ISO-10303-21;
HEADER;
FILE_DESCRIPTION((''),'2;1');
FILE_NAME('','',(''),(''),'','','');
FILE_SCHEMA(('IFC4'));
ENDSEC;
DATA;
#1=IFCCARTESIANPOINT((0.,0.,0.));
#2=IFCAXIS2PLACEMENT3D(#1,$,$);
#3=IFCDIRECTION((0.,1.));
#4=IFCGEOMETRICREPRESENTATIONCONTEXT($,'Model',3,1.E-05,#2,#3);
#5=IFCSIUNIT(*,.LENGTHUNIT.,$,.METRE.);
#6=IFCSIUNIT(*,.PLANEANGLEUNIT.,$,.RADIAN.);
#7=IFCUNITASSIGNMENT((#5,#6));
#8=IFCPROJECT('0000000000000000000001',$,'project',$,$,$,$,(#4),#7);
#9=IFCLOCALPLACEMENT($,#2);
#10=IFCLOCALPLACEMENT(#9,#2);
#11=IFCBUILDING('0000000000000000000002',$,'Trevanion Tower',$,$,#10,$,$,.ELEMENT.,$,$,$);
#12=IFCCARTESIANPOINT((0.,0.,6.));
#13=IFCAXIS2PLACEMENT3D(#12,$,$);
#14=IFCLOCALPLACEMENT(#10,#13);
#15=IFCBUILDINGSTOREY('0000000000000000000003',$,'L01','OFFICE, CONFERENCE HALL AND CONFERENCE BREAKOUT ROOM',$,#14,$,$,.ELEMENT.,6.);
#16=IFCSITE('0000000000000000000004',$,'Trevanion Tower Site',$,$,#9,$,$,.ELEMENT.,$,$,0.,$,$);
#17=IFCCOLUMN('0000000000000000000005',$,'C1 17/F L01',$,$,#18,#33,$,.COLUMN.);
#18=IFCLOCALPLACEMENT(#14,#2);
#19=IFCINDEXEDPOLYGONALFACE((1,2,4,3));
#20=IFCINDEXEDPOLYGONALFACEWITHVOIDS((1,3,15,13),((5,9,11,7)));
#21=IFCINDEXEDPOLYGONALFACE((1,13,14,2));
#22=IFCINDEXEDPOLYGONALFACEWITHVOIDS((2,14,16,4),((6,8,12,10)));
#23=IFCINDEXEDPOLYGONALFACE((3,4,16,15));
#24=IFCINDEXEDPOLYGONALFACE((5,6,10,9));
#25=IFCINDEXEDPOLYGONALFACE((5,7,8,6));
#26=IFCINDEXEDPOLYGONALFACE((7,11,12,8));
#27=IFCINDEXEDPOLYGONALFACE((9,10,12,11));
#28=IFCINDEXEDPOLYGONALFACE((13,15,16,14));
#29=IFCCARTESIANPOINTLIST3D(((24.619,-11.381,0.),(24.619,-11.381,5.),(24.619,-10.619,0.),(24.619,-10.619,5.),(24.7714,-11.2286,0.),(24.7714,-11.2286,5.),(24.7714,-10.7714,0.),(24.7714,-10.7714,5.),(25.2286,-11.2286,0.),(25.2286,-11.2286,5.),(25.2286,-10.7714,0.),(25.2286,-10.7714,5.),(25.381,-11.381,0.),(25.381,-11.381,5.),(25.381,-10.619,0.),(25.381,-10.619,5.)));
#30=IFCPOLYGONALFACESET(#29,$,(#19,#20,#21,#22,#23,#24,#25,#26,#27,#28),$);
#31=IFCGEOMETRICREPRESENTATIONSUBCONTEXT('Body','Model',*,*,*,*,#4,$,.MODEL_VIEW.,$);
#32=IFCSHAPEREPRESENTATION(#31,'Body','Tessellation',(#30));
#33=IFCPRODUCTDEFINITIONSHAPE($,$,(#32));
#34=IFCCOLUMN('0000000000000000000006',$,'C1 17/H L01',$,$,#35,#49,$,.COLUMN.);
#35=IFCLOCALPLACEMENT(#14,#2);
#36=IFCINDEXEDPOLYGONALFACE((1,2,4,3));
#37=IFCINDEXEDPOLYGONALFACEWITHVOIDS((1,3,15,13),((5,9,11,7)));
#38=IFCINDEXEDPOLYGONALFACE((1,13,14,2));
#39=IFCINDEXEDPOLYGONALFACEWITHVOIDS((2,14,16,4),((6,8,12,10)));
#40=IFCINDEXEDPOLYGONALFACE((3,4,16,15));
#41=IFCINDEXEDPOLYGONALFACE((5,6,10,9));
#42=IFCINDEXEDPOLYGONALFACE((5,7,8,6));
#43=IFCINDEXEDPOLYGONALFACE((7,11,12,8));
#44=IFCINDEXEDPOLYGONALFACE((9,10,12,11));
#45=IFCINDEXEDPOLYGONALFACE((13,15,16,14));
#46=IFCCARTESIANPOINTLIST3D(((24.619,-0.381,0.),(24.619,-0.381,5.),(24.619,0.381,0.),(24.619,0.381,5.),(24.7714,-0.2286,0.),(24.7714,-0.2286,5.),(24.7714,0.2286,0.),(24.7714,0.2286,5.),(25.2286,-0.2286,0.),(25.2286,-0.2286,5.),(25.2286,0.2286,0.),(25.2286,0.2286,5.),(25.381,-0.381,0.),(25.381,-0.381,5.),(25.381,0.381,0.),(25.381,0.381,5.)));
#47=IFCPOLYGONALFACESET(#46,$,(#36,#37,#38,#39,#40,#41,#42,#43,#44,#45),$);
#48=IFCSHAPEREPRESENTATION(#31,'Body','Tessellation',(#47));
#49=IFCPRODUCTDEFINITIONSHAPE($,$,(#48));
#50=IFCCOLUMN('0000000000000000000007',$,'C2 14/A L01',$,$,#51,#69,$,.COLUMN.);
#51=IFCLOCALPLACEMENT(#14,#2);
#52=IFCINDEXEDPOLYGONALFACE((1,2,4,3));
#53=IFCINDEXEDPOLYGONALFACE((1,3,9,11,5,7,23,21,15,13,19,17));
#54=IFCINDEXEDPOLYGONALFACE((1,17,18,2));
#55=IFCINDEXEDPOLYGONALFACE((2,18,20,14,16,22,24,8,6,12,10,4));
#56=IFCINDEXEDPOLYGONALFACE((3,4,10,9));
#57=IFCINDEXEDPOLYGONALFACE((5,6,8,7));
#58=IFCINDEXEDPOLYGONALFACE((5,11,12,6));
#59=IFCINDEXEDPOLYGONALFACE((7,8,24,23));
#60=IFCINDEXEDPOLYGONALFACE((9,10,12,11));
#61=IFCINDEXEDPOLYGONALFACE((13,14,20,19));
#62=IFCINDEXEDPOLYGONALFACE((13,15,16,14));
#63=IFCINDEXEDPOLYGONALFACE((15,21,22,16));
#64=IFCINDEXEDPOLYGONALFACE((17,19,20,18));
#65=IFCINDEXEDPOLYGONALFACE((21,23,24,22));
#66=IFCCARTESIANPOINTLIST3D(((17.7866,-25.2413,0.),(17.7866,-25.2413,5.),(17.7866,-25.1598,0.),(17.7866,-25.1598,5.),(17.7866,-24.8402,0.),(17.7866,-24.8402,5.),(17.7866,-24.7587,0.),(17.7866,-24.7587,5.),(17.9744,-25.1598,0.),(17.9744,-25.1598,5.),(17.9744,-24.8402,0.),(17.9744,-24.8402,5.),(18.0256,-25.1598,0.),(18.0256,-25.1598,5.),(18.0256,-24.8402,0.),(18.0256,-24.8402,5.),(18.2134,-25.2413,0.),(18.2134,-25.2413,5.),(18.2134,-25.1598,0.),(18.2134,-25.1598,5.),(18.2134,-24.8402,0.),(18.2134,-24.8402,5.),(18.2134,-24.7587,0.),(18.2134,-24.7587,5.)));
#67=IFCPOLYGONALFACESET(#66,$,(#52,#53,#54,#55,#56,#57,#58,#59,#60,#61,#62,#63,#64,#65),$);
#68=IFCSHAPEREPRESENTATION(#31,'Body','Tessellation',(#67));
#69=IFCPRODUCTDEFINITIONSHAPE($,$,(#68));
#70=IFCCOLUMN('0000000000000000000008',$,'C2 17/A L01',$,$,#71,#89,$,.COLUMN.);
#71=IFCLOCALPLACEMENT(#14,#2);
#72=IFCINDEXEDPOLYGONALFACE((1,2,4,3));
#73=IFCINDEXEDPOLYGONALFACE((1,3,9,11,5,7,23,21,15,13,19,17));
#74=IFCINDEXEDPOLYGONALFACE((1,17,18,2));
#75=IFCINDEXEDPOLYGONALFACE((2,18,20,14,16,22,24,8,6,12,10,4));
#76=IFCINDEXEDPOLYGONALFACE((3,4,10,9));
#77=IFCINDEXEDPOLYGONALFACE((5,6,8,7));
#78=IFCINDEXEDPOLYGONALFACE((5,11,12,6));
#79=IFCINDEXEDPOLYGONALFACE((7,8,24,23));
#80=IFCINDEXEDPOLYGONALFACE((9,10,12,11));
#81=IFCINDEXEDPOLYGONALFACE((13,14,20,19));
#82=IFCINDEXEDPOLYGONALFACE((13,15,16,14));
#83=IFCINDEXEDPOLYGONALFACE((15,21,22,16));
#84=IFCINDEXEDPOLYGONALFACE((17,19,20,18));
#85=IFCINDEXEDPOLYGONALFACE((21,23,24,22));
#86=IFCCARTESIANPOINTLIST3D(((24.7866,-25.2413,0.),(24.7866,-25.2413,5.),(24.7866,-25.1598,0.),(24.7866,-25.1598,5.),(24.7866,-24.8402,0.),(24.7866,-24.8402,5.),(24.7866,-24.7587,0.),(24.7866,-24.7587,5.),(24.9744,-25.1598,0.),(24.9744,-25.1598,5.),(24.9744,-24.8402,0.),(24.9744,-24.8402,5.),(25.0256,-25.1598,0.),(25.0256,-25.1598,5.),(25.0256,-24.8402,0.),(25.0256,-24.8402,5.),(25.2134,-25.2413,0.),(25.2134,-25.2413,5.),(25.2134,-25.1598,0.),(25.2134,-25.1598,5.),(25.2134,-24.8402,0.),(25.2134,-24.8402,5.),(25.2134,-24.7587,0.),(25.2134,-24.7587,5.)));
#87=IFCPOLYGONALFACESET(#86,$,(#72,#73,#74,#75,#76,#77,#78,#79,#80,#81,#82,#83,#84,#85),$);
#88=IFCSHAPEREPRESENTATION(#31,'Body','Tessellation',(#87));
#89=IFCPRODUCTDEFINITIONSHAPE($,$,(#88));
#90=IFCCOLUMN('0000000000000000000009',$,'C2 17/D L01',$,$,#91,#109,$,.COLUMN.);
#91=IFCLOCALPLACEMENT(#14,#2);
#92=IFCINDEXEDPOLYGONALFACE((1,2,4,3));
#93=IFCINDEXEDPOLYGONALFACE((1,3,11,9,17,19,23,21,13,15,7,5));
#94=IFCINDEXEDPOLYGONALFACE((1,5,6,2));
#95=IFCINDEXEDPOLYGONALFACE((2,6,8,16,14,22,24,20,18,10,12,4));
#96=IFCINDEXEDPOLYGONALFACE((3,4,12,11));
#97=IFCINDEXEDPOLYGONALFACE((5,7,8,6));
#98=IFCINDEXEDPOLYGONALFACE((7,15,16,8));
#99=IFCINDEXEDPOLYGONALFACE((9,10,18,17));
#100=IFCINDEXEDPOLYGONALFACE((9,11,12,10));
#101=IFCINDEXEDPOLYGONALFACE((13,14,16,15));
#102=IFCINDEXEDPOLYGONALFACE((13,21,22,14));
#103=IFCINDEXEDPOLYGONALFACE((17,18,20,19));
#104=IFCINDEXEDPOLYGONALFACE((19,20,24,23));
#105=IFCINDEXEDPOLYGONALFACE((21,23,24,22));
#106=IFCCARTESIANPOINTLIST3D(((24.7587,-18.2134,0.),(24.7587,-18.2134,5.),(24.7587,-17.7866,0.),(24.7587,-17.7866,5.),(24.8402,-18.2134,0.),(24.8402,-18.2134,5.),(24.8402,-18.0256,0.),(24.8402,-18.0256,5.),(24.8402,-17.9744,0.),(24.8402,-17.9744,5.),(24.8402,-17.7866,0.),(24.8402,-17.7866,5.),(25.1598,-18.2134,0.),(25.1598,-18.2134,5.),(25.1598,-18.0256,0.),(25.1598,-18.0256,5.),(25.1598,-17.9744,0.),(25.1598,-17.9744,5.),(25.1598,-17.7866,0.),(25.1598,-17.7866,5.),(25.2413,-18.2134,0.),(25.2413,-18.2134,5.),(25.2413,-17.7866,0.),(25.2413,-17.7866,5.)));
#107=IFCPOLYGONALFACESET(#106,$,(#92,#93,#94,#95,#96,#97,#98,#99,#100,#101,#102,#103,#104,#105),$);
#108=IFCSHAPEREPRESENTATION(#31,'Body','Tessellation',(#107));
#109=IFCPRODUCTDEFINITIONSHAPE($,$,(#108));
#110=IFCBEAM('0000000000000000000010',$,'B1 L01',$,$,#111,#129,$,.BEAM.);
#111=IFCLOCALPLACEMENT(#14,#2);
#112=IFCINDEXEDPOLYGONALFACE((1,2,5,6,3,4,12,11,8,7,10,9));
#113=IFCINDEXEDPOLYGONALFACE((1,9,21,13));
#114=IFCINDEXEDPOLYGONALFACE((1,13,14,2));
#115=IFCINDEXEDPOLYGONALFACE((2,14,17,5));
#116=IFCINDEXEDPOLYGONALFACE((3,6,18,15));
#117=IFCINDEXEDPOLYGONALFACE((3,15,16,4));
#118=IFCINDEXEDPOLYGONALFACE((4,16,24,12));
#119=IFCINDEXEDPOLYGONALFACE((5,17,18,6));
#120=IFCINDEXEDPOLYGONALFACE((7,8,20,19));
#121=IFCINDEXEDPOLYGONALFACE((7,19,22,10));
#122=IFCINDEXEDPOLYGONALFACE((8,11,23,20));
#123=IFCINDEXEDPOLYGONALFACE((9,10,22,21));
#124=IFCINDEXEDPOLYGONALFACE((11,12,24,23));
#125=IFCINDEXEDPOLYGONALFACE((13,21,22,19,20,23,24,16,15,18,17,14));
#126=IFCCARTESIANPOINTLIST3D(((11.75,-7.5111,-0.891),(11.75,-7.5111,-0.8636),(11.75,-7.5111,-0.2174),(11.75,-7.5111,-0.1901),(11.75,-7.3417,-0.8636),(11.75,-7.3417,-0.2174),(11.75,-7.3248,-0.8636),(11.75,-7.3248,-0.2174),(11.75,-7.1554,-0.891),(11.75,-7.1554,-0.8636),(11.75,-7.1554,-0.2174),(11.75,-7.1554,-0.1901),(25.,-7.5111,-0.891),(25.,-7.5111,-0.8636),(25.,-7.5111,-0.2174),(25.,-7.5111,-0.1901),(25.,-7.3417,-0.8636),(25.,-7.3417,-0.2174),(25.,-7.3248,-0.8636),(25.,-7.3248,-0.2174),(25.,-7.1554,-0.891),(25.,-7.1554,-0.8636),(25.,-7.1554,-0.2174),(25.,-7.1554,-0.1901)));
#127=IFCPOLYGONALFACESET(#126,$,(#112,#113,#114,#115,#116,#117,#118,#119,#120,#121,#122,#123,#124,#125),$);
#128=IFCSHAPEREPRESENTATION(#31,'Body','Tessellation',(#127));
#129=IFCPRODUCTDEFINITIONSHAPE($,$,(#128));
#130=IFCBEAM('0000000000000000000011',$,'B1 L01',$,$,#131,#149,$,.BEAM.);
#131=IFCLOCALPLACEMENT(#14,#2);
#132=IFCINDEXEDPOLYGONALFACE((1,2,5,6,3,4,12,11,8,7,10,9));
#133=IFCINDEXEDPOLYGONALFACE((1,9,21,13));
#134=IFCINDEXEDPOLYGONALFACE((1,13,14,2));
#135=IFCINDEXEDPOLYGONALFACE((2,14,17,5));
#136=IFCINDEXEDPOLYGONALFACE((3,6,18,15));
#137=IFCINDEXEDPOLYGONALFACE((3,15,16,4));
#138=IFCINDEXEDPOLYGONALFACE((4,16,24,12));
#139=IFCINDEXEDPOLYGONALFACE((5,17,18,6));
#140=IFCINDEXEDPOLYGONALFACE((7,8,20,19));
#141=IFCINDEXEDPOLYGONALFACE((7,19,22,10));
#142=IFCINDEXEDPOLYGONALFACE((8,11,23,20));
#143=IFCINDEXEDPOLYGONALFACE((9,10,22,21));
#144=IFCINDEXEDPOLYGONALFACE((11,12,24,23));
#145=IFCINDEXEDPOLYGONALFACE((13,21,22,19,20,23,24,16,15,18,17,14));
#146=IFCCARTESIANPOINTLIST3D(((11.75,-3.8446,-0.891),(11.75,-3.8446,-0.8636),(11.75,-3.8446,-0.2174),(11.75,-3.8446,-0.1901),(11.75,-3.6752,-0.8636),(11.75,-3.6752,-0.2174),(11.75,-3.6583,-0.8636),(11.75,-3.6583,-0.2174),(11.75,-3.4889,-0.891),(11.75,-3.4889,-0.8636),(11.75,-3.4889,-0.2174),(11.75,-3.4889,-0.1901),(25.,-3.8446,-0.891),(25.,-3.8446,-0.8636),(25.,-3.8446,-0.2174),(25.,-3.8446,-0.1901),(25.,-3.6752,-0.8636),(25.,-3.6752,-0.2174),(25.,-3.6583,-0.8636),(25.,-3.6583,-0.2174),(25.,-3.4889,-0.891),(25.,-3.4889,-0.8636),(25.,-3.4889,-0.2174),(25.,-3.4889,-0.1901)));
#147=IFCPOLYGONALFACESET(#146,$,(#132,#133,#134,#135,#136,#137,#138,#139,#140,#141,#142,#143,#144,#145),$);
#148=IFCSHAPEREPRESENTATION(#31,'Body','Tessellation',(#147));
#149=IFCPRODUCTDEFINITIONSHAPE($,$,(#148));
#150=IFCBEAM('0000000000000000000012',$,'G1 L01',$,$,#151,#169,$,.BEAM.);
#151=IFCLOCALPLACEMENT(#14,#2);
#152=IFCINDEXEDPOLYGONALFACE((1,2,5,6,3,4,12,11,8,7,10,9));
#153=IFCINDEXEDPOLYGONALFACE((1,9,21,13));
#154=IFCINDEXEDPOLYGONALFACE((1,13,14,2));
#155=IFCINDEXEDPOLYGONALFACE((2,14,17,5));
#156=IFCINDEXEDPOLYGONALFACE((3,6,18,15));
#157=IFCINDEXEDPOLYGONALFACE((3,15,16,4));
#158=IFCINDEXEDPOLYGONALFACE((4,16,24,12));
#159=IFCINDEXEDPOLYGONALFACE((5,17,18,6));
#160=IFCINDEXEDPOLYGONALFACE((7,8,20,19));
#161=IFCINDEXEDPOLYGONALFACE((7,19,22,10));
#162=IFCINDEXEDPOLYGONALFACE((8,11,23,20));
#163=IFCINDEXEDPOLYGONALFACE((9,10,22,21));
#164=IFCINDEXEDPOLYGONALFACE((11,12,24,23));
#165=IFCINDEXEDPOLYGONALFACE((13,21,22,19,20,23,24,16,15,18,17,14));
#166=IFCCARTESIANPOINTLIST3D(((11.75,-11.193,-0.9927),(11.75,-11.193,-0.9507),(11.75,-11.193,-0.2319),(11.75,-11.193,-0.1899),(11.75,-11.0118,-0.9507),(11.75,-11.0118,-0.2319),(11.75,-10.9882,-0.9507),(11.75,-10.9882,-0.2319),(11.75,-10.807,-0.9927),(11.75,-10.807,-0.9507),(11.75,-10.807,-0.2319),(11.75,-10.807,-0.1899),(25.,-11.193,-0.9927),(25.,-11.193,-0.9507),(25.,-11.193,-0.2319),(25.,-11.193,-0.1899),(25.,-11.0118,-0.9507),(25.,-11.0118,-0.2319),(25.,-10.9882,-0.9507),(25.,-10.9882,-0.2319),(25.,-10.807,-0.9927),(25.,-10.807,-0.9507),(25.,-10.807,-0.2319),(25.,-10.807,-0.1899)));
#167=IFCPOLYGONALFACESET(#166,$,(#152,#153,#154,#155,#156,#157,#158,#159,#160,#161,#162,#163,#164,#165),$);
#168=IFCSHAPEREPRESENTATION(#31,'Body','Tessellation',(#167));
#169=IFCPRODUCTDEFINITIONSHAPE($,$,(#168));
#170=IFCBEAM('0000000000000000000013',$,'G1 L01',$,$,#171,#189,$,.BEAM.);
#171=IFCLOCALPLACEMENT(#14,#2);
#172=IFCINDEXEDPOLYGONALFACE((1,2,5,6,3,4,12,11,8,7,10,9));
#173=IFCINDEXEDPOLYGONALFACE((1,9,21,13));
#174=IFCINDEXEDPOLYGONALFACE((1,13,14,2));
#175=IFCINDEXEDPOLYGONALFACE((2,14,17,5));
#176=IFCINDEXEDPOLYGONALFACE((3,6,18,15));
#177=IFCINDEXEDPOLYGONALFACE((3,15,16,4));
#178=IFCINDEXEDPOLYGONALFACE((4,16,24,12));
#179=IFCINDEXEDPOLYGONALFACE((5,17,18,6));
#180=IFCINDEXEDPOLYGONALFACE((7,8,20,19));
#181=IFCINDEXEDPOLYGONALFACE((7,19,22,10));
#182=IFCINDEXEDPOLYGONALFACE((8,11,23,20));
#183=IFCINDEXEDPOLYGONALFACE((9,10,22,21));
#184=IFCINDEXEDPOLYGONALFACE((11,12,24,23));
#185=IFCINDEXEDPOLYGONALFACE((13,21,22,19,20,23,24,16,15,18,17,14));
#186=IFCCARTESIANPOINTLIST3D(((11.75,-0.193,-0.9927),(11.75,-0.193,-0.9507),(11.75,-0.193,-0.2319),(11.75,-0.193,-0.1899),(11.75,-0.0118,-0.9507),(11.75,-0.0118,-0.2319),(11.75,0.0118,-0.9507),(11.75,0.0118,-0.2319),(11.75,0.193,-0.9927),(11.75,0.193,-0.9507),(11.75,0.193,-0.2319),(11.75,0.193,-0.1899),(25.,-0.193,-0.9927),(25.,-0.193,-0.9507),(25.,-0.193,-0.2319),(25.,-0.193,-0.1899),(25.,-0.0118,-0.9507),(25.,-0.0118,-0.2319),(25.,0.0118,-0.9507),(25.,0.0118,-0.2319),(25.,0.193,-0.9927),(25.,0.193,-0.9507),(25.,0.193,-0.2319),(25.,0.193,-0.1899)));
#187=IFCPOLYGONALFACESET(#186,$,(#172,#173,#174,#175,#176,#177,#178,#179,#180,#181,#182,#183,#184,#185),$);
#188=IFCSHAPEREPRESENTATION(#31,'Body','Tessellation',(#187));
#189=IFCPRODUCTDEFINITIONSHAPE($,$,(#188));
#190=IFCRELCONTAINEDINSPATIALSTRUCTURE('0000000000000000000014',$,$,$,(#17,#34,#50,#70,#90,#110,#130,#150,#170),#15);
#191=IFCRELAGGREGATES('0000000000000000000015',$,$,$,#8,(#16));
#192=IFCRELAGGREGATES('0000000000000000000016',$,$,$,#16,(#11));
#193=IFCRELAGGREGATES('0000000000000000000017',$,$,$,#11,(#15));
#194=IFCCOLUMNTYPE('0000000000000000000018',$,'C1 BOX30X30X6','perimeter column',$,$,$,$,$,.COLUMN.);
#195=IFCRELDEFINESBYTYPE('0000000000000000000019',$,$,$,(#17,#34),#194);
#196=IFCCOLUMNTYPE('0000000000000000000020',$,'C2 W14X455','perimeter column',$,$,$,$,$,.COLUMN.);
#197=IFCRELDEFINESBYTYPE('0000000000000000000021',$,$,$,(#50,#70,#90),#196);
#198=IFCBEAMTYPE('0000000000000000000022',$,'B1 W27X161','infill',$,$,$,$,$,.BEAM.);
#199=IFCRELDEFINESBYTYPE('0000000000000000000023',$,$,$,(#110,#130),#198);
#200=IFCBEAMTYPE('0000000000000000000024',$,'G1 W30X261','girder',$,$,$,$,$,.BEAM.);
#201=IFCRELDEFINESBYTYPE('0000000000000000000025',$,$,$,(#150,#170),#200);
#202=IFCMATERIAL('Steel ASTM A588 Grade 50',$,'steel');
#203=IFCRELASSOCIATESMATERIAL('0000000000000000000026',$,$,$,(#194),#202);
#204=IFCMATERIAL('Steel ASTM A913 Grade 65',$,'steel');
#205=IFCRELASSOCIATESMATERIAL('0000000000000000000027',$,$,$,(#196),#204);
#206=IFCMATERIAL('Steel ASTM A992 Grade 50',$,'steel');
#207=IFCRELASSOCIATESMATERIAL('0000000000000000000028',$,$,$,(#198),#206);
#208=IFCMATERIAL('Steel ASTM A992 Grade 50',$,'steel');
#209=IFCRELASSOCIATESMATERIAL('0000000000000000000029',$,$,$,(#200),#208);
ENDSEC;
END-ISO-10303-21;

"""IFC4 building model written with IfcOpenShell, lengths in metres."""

from ifc_helpers import new_model, si_unit, direction, frame, origin, origin_2d, place, context, subcontext, project, spatial, hollow_rectangle, i_section, extrude, material, material_profile, profile_set, type_object, element, save


model = new_model("IFC4")

# Units and contexts
model_context = context("Model", 3, precision=1e-05, world=origin(), true_north=direction((0.0, 1.0)))
body_context = subcontext(model_context, "Body", "Model", "MODEL_VIEW")
ifc_project = project(units=[si_unit("LENGTHUNIT", "METRE"), si_unit("PLANEANGLEUNIT", "RADIAN")], contexts=[model_context])

# Site, building, storey
site_placement = place(None, origin())
site = spatial("IfcSite", under=ifc_project, at=site_placement, Name="Trevanion Tower Site", CompositionType="ELEMENT", RefElevation=0.0)
building_placement = place(site_placement, origin())
building = spatial("IfcBuilding", under=site, at=building_placement, Name="Trevanion Tower", CompositionType="ELEMENT")
storey_placement = place(building_placement, frame((0.0, 0.0, 6.0)))
storey = spatial("IfcBuildingStorey", under=building, at=storey_placement, Name="L01", Description="OFFICE, CONFERENCE HALL AND CONFERENCE BREAKOUT ROOM", CompositionType="ELEMENT", Elevation=6.0)

# Columns
ifc_material_1 = material(Name="Steel ASTM A588 Grade 50", Category="steel")
ifc_material_profile_1 = material_profile(ifc_material_1, hollow_rectangle(XDim=0.762, YDim=0.762, WallThickness=0.1523, at=origin_2d()), Name="BOX30X30X6")
ifc_profile_set_1 = profile_set([ifc_material_profile_1], Name="Steel ASTM A588 Grade 50")
column_type_1 = type_object("IfcColumnType", Name="C1 BOX30X30X6", Description="perimeter column", PredefinedType="COLUMN", material=ifc_profile_set_1)
for number, where, z_axis, x_axis, name in (
    (1, (25.0, -11.0, 0.0), (0.0, 0.0, 1.0), (0.0, 1.0, 0.0), "C1 17/F L01"),
    (2, (25.0, 0.0, 0.0), (0.0, 0.0, 1.0), (0.0, 1.0, 0.0), "C1 17/H L01"),
):
    element("IfcColumn", number, at=place(storey_placement, frame(where, z_axis=z_axis, x_axis=x_axis)), inside=storey, type_object=column_type_1, Name=name, PredefinedType="COLUMN", context=body_context, shape_type="SweptSolid", body=[
        extrude(hollow_rectangle(XDim=0.762, YDim=0.762, WallThickness=0.1523, at=origin_2d()), origin(), (0.0, 0.0, 1.0), 5.0),
    ])
ifc_material_2 = material(Name="Steel ASTM A913 Grade 65", Category="steel")
ifc_material_profile_2 = material_profile(ifc_material_2, i_section(OverallWidth=0.4268, OverallDepth=0.4827, WebThickness=0.0513, FlangeThickness=0.0815, at=origin_2d()), Name="W14X455")
ifc_profile_set_2 = profile_set([ifc_material_profile_2], Name="Steel ASTM A913 Grade 65")
column_type_2 = type_object("IfcColumnType", Name="C2 W14X455", Description="perimeter column", PredefinedType="COLUMN", material=ifc_profile_set_2)
for number, where, z_axis, x_axis, name in (
    (3, (18.0, -25.0, 0.0), (0.0, 0.0, 1.0), (1.0, 0.0, 0.0), "C2 14/A L01"),
    (4, (25.0, -25.0, 0.0), (0.0, 0.0, 1.0), (1.0, 0.0, 0.0), "C2 17/A L01"),
    (5, (25.0, -18.0, 0.0), (0.0, 0.0, 1.0), (0.0, 1.0, 0.0), "C2 17/D L01"),
):
    element("IfcColumn", number, at=place(storey_placement, frame(where, z_axis=z_axis, x_axis=x_axis)), inside=storey, type_object=column_type_2, Name=name, PredefinedType="COLUMN", context=body_context, shape_type="SweptSolid", body=[
        extrude(i_section(OverallWidth=0.4268, OverallDepth=0.4827, WebThickness=0.0513, FlangeThickness=0.0815, at=origin_2d()), origin(), (0.0, 0.0, 1.0), 5.0),
    ])

# Beams
ifc_material_3 = material(Name="Steel ASTM A992 Grade 50", Category="steel")
ifc_material_profile_3 = material_profile(ifc_material_3, i_section(OverallWidth=0.3557, OverallDepth=0.7009, WebThickness=0.0168, FlangeThickness=0.0273, at=origin_2d()), Name="W27X161")
ifc_profile_set_3 = profile_set([ifc_material_profile_3], Name="Steel ASTM A992 Grade 50")
beam_type_1 = type_object("IfcBeamType", Name="B1 W27X161", Description="infill", PredefinedType="BEAM", material=ifc_profile_set_3)
for number, where, z_axis, x_axis, name in (
    (6, (11.75, -7.3333, -0.5405), (1.0, 0.0, 0.0), (0.0, 1.0, 0.0), "B1 L01"),
    (7, (11.75, -3.6667, -0.5405), (1.0, 0.0, 0.0), (0.0, 1.0, 0.0), "B1 L01"),
):
    element("IfcBeam", number, at=place(storey_placement, frame(where, z_axis=z_axis, x_axis=x_axis)), inside=storey, type_object=beam_type_1, Name=name, PredefinedType="BEAM", context=body_context, shape_type="SweptSolid", body=[
        extrude(i_section(OverallWidth=0.3557, OverallDepth=0.7009, WebThickness=0.0168, FlangeThickness=0.0273, at=origin_2d()), origin(), (0.0, 0.0, 1.0), 13.25),
    ])
ifc_material_4 = material(Name="Steel ASTM A992 Grade 50", Category="steel")
ifc_material_profile_4 = material_profile(ifc_material_4, i_section(OverallWidth=0.386, OverallDepth=0.8027, WebThickness=0.0237, FlangeThickness=0.042, at=origin_2d()), Name="W30X261")
ifc_profile_set_4 = profile_set([ifc_material_profile_4], Name="Steel ASTM A992 Grade 50")
beam_type_2 = type_object("IfcBeamType", Name="G1 W30X261", Description="girder", PredefinedType="BEAM", material=ifc_profile_set_4)
for number, where, z_axis, x_axis, name in (
    (8, (11.75, -11.0, -0.5913), (1.0, 0.0, 0.0), (0.0, 1.0, 0.0), "G1 L01"),
    (9, (11.75, 0.0, -0.5913), (1.0, 0.0, 0.0), (0.0, 1.0, 0.0), "G1 L01"),
):
    element("IfcBeam", number, at=place(storey_placement, frame(where, z_axis=z_axis, x_axis=x_axis)), inside=storey, type_object=beam_type_2, Name=name, PredefinedType="BEAM", context=body_context, shape_type="SweptSolid", body=[
        extrude(i_section(OverallWidth=0.386, OverallDepth=0.8027, WebThickness=0.0237, FlangeThickness=0.042, at=origin_2d()), origin(), (0.0, 0.0, 1.0), 13.25),
    ])

save(model, "model.ifc")
